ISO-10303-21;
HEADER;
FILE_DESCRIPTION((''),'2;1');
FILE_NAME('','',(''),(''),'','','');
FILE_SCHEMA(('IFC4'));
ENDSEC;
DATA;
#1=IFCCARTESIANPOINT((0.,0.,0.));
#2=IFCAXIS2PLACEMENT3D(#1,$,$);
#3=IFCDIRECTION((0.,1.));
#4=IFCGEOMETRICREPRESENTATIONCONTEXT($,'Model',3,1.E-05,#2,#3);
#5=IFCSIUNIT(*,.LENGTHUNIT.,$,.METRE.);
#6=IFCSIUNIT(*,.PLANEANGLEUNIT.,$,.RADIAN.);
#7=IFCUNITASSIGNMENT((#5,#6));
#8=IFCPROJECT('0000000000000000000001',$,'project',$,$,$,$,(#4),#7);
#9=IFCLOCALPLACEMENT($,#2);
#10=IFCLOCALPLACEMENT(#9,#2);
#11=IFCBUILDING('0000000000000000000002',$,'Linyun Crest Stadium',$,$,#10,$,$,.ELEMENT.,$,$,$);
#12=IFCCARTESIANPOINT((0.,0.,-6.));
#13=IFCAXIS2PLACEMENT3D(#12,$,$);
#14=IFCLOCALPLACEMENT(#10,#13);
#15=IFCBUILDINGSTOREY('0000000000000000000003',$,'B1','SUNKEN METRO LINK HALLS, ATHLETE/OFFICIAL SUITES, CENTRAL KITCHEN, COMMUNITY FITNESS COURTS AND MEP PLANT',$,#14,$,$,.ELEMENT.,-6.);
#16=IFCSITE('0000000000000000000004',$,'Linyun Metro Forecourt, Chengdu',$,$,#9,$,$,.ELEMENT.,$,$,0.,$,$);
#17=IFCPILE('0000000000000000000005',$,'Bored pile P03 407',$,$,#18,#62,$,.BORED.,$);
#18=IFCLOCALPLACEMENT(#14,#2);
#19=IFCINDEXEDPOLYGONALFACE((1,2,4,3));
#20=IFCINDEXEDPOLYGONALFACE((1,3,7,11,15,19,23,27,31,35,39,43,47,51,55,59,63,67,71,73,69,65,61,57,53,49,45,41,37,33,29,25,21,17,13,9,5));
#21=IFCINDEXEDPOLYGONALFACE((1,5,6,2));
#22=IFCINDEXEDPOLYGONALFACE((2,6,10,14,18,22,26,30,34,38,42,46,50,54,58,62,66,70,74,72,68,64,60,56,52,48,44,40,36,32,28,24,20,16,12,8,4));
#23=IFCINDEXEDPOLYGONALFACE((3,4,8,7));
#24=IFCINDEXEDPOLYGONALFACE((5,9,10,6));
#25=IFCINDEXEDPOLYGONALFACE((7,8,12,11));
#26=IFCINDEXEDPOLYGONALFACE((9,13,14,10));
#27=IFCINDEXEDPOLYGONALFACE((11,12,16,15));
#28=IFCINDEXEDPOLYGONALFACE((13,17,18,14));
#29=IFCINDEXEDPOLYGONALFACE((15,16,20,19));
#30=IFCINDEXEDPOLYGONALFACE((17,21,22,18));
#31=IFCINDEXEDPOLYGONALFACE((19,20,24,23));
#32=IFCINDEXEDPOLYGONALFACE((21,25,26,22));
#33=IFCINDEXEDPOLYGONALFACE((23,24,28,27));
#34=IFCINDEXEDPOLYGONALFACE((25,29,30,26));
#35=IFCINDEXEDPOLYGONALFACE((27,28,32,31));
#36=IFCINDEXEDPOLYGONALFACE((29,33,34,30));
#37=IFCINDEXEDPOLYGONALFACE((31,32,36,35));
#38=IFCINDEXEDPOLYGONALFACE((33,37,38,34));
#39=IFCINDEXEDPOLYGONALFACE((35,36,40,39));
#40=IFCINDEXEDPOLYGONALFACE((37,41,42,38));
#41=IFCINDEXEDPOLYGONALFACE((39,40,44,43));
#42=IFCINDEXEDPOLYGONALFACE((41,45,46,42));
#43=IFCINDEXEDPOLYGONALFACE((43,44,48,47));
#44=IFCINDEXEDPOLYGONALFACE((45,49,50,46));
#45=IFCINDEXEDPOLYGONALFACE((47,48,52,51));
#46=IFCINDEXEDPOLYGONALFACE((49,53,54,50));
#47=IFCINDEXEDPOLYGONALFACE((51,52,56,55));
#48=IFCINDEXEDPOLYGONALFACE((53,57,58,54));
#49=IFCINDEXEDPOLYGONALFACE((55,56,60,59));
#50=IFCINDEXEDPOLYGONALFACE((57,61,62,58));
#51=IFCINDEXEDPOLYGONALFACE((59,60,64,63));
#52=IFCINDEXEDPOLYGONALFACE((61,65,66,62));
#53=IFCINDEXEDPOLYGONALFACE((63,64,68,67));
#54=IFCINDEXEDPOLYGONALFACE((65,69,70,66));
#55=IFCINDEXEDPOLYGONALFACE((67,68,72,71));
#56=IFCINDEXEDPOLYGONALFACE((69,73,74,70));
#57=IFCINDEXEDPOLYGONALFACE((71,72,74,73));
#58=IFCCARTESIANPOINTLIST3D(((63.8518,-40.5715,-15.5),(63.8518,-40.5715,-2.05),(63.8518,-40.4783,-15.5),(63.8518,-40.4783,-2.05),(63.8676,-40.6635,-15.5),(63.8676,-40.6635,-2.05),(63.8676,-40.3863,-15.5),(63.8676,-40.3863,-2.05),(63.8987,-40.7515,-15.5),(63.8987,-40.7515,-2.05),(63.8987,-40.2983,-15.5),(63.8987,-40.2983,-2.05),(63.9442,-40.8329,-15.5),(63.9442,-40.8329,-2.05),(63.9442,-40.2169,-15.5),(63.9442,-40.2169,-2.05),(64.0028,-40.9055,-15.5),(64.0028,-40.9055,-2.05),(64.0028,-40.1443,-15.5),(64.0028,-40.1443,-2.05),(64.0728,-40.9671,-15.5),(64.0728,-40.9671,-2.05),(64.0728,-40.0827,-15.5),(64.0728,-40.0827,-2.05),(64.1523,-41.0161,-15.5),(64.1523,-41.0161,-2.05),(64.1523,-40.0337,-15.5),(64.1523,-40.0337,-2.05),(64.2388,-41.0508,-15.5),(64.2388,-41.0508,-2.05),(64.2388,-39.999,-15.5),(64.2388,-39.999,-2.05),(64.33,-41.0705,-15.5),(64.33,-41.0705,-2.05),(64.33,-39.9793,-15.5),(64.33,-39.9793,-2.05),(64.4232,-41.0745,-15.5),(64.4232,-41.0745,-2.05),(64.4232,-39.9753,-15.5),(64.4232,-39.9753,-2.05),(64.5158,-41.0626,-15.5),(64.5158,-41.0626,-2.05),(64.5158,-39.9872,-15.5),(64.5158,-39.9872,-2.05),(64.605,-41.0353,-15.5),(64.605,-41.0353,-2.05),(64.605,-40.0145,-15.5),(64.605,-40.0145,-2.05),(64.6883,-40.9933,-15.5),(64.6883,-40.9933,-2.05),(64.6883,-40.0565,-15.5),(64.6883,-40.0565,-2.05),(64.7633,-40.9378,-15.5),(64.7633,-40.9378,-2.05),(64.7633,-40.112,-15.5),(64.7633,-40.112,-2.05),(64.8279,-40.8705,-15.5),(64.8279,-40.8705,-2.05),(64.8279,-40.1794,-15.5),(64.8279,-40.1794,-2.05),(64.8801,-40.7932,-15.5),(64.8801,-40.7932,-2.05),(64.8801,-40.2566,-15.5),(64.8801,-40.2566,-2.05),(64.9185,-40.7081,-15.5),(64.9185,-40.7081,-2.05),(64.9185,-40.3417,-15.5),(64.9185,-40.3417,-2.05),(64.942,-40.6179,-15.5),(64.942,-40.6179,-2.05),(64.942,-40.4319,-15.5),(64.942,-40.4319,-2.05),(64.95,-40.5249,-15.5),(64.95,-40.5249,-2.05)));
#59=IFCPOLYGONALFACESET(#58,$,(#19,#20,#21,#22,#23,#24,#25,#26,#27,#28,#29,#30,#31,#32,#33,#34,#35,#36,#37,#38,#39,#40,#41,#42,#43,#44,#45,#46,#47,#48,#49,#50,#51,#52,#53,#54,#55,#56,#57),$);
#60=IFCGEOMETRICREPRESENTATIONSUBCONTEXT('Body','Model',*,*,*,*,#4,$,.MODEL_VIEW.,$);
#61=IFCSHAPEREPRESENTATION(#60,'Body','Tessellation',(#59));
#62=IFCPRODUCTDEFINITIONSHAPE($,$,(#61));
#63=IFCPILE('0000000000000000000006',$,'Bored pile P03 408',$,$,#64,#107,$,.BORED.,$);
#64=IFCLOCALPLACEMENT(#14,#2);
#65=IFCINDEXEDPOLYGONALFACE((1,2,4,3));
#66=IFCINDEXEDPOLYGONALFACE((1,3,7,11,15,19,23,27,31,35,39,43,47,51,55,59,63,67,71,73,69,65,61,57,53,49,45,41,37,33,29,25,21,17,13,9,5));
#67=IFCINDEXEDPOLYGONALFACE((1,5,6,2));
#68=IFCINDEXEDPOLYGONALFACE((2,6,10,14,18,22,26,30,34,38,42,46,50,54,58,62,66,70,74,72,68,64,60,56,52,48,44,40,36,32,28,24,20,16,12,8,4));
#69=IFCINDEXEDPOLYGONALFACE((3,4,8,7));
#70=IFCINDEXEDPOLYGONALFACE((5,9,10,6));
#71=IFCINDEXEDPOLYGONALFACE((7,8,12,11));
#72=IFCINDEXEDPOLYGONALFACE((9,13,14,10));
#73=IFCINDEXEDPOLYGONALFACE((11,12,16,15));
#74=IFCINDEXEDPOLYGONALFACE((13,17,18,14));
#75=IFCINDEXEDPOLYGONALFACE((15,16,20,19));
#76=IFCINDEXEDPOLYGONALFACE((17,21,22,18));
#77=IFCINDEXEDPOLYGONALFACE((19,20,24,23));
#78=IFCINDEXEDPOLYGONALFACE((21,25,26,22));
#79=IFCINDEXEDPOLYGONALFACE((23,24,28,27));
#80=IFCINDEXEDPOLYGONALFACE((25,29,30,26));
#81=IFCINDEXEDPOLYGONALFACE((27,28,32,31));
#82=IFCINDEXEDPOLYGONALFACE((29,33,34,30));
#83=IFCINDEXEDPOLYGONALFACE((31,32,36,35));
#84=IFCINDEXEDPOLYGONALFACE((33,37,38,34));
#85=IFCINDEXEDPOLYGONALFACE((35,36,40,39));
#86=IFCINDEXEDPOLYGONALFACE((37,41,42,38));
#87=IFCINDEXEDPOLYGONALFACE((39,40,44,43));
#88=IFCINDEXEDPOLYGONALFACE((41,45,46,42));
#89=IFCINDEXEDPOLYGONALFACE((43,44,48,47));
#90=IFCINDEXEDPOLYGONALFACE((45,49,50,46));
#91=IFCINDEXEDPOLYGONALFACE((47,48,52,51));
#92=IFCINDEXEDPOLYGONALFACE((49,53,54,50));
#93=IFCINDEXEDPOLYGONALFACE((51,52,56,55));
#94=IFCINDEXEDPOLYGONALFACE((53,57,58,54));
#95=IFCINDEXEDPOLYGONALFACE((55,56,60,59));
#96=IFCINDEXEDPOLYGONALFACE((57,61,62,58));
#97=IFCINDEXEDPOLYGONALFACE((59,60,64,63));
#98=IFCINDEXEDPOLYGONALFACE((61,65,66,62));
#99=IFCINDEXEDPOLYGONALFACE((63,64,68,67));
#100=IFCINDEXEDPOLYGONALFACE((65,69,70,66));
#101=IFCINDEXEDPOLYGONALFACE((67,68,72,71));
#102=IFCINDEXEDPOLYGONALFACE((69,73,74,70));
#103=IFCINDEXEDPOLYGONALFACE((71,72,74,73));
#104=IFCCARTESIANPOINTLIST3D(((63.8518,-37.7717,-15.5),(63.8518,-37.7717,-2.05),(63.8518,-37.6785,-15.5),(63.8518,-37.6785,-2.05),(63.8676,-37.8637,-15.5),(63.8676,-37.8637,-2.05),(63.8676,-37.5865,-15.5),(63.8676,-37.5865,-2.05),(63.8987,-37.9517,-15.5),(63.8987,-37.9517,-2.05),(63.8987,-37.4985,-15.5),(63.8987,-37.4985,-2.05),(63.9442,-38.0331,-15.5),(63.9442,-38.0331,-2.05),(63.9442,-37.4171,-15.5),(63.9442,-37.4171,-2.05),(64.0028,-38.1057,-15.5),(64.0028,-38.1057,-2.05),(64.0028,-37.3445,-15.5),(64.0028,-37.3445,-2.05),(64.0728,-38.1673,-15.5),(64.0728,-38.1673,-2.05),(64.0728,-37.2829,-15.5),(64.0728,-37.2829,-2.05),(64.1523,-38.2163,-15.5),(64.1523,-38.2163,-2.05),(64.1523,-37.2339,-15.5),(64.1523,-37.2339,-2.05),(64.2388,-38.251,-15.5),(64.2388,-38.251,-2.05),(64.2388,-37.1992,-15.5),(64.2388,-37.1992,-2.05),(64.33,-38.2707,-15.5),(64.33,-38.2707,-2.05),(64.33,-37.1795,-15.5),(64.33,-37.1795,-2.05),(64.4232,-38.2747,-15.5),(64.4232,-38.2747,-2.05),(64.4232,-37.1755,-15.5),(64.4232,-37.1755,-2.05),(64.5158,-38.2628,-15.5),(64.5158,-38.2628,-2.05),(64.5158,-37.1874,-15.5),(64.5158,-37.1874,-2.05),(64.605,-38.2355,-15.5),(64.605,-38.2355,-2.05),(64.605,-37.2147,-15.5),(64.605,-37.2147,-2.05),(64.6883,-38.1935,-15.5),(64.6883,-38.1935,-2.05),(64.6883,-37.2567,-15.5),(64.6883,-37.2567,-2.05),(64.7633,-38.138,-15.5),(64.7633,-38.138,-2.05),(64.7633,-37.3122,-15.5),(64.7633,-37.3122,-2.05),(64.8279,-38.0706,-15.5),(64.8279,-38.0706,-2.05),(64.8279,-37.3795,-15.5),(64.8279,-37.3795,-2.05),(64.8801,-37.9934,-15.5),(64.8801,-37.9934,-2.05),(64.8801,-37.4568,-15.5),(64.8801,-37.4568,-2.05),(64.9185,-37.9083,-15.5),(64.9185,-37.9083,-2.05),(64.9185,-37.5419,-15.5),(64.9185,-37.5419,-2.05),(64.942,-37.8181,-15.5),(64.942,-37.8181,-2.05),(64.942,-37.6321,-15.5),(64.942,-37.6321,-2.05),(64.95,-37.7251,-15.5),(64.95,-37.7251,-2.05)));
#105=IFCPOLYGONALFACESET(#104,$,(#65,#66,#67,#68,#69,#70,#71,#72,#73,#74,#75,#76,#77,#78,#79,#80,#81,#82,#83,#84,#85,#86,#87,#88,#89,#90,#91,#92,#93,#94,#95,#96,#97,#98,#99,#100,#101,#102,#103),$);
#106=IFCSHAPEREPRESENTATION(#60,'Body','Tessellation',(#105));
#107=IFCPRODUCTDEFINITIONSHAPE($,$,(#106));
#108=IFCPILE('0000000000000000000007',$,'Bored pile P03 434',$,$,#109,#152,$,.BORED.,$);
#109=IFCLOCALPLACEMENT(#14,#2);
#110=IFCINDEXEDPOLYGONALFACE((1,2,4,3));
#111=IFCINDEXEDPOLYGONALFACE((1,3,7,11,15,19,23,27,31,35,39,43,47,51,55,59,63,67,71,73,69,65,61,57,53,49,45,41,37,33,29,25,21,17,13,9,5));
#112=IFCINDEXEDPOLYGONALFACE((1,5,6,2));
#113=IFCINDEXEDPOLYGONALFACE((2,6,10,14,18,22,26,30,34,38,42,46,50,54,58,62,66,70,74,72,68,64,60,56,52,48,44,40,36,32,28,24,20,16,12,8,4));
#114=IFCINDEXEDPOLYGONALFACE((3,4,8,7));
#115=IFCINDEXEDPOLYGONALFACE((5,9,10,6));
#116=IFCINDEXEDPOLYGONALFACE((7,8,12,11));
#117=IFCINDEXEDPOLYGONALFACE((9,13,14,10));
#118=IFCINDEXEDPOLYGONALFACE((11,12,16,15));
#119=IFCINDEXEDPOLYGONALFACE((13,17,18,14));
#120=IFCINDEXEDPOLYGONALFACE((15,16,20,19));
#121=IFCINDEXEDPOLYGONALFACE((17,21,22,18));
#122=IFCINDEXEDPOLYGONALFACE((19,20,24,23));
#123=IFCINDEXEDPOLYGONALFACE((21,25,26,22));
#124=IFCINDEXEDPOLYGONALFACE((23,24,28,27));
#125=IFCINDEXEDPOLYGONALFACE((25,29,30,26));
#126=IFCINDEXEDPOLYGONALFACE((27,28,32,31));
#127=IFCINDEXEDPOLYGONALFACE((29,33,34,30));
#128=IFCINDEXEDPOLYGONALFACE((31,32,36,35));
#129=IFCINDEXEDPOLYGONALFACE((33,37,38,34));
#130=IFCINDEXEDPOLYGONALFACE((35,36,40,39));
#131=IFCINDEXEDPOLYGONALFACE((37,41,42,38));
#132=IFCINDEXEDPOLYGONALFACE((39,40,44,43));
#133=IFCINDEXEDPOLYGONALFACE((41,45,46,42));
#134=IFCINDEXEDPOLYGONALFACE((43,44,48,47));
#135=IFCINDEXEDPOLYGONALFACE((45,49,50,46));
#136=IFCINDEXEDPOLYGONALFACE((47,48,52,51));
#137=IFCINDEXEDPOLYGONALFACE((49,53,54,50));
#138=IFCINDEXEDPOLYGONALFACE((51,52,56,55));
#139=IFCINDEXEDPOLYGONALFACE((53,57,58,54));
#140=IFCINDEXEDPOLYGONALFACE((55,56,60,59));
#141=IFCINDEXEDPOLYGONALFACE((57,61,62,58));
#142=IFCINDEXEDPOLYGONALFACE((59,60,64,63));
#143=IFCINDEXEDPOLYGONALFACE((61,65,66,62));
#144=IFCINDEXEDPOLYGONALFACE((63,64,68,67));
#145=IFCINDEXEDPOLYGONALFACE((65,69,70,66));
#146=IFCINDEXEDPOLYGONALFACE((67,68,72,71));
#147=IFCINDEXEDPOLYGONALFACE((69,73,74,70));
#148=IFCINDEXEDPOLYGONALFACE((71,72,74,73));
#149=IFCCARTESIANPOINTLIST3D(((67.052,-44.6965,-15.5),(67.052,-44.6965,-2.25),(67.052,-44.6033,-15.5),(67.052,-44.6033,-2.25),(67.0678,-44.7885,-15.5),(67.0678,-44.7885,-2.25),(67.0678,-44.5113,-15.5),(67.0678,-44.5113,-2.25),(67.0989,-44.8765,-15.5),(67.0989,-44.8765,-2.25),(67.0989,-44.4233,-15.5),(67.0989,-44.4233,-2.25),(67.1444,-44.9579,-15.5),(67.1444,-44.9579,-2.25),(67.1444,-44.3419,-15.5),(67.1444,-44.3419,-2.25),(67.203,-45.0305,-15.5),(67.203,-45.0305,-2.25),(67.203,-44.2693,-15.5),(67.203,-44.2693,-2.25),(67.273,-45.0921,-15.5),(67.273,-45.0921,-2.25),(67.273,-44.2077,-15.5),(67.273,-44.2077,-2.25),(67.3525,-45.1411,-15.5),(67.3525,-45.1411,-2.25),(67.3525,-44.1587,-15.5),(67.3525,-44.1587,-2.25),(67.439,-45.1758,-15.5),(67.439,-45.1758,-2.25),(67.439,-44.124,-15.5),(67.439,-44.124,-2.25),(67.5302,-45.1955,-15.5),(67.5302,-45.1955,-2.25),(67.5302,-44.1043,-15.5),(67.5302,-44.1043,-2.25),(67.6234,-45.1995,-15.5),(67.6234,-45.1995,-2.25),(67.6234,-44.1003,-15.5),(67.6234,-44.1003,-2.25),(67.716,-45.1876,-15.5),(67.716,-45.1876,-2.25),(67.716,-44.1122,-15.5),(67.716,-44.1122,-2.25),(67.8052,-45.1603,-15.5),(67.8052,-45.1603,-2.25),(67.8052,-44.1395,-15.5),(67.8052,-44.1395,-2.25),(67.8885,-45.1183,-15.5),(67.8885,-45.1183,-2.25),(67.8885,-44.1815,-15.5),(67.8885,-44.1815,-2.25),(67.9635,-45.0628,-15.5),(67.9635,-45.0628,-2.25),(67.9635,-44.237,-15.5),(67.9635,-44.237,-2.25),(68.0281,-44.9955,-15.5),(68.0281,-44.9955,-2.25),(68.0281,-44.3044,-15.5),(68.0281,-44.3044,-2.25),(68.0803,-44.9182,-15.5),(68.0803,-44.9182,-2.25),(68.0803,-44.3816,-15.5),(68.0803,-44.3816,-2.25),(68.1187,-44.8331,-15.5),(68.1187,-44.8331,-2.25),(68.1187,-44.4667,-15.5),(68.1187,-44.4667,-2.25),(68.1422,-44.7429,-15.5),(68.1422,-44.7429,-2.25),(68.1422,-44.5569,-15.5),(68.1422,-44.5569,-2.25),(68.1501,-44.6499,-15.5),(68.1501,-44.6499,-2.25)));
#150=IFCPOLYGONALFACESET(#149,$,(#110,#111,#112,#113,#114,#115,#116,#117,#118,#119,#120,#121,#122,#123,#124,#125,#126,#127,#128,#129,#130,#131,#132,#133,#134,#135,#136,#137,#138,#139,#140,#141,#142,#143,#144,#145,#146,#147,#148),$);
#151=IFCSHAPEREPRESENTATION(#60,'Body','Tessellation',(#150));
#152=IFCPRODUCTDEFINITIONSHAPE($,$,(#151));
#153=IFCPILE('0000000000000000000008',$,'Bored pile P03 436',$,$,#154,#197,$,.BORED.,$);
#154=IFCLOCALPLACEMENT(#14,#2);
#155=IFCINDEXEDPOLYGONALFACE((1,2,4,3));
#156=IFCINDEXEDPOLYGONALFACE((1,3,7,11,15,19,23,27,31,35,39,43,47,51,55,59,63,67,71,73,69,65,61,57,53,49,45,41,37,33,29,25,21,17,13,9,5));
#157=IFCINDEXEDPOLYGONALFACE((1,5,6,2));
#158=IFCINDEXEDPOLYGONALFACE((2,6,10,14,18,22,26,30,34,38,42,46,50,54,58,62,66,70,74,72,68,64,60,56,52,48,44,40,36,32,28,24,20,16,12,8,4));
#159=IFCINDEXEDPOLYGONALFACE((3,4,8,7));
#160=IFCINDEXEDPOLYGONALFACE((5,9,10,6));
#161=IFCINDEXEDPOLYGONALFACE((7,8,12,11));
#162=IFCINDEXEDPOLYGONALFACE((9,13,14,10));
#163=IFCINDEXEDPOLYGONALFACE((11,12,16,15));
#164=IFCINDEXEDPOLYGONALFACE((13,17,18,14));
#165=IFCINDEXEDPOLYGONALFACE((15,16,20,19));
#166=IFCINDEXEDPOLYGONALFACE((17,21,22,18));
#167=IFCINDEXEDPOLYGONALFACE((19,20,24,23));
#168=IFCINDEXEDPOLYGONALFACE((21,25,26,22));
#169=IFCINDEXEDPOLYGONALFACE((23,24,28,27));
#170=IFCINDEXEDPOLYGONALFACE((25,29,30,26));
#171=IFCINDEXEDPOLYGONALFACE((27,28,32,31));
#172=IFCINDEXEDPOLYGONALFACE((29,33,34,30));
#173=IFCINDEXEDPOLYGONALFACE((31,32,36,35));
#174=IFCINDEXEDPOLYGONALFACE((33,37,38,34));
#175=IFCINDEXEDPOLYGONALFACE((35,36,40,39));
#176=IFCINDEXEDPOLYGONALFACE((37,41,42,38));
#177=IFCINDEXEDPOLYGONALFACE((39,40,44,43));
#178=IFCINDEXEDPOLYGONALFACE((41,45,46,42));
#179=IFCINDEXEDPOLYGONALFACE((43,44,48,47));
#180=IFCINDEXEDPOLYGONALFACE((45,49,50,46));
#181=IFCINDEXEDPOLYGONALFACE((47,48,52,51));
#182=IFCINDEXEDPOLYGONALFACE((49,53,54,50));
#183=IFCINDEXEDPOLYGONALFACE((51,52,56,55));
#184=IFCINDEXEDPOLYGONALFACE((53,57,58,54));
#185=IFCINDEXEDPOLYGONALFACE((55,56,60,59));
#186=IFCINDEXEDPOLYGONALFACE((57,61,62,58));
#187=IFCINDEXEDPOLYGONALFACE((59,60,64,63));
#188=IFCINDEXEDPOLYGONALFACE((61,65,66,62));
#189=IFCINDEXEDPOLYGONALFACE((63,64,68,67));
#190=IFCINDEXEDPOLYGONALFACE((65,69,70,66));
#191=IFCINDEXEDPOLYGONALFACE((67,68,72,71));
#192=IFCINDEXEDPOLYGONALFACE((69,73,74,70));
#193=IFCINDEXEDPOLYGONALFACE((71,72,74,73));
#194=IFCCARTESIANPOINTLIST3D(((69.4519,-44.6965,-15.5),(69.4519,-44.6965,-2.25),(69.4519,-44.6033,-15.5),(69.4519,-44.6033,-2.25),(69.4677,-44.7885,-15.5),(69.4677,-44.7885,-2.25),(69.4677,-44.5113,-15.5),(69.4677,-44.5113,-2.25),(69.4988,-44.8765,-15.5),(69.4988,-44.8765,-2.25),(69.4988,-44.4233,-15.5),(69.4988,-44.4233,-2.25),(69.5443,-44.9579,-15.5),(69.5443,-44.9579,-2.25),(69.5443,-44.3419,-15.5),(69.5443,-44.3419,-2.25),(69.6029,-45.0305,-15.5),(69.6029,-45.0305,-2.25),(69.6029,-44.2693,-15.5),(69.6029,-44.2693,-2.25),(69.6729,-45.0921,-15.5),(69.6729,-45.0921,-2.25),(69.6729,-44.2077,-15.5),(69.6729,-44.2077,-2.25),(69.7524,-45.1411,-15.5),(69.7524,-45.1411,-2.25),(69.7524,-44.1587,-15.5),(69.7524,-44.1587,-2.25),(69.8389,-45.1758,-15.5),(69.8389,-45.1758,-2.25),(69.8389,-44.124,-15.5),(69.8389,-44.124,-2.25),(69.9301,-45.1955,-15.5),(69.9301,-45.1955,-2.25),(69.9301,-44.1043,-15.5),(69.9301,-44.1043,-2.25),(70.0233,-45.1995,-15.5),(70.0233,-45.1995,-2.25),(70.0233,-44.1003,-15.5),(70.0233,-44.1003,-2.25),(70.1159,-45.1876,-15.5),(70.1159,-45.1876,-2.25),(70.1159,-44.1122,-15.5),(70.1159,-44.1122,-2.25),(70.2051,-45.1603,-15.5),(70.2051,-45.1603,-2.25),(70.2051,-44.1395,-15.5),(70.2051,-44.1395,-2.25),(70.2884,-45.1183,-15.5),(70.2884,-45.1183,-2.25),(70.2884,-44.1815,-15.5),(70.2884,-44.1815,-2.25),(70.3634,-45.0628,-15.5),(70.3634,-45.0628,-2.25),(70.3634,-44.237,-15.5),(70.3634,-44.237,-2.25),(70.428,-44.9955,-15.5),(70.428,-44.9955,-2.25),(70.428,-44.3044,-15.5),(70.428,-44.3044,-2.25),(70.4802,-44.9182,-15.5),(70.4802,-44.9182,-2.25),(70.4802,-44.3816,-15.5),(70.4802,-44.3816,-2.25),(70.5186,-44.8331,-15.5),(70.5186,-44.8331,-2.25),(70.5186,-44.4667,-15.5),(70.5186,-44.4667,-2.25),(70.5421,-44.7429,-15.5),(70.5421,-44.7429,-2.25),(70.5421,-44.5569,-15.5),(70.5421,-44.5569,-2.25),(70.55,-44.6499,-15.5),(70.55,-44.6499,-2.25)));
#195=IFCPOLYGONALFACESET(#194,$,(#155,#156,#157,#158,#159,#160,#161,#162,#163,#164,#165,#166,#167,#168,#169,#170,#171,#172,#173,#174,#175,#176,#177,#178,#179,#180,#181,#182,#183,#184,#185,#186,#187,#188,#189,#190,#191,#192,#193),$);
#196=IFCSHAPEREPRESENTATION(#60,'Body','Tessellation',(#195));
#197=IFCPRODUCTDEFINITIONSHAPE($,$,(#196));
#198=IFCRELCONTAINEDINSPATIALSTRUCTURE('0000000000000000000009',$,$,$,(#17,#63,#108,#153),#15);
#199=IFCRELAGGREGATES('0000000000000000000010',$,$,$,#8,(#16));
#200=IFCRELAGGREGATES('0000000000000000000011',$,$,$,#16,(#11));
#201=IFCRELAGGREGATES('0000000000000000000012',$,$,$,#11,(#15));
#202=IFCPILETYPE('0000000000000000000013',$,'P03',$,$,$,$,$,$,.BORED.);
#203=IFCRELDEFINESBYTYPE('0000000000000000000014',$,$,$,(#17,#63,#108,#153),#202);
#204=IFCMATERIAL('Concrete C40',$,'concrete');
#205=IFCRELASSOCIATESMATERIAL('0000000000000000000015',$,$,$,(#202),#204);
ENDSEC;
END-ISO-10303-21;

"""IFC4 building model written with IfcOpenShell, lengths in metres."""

from ifc_helpers import new_model, si_unit, direction, frame, origin, origin_2d, place, context, subcontext, project, spatial, circle, extrude, material, material_profile, profile_set, type_object, element, save


model = new_model("IFC4")

# Units and contexts
model_context = context("Model", 3, precision=1e-05, world=origin(), true_north=direction((0.0, 1.0)))
body_context = subcontext(model_context, "Body", "Model", "MODEL_VIEW")
ifc_project = project(units=[si_unit("LENGTHUNIT", "METRE"), si_unit("PLANEANGLEUNIT", "RADIAN")], contexts=[model_context])

# Site, building, storey
site_placement = place(None, origin())
site = spatial("IfcSite", under=ifc_project, at=site_placement, Name="Linyun Metro Forecourt, Chengdu", CompositionType="ELEMENT", RefElevation=0.0)
building_placement = place(site_placement, origin())
building = spatial("IfcBuilding", under=site, at=building_placement, Name="Linyun Crest Stadium", CompositionType="ELEMENT")
storey_placement = place(building_placement, frame((0.0, 0.0, -6.0)))
storey = spatial("IfcBuildingStorey", under=building, at=storey_placement, Name="B1", Description="SUNKEN METRO LINK HALLS, ATHLETE/OFFICIAL SUITES, CENTRAL KITCHEN, COMMUNITY FITNESS COURTS AND MEP PLANT", CompositionType="ELEMENT", Elevation=-6.0)

# Piles
ifc_material_1 = material(Name="Concrete C40", Category="concrete")
ifc_material_profile_1 = material_profile(ifc_material_1, circle(Radius=0.55, at=origin_2d()), Name="BORED PILE 1100")
ifc_profile_set_1 = profile_set([ifc_material_profile_1], Name="Concrete C40")
pile_type = type_object("IfcPileType", Name="P03", PredefinedType="BORED", material=ifc_profile_set_1)
for number, where, z_axis, x_axis, name in (
    (1, (64.3999, -40.5249, -2.05), (0.0, 0.0, -1.0), (1.0, 0.0, 0.0), "Bored pile P03 407"),
    (2, (64.3999, -37.7251, -2.05), (0.0, 0.0, -1.0), (1.0, 0.0, 0.0), "Bored pile P03 408"),
):
    element("IfcPile", number, at=place(storey_placement, frame(where, z_axis=z_axis, x_axis=x_axis)), inside=storey, type_object=pile_type, Name=name, PredefinedType="BORED", context=body_context, shape_type="SweptSolid", body=[
        extrude(circle(Radius=0.55, at=origin_2d()), origin(), (0.0, 0.0, 1.0), 13.45),
    ])
for number, where, z_axis, x_axis, name in (
    (3, (67.6001, -44.6499, -2.25), (0.0, 0.0, -1.0), (1.0, 0.0, 0.0), "Bored pile P03 434"),
    (4, (70.0, -44.6499, -2.25), (0.0, 0.0, -1.0), (1.0, 0.0, 0.0), "Bored pile P03 436"),
):
    element("IfcPile", number, at=place(storey_placement, frame(where, z_axis=z_axis, x_axis=x_axis)), inside=storey, type_object=pile_type, Name=name, PredefinedType="BORED", context=body_context, shape_type="SweptSolid", body=[
        extrude(circle(Radius=0.55, at=origin_2d()), origin(), (0.0, 0.0, 1.0), 13.25),
    ])

save(model, "model.ifc")
